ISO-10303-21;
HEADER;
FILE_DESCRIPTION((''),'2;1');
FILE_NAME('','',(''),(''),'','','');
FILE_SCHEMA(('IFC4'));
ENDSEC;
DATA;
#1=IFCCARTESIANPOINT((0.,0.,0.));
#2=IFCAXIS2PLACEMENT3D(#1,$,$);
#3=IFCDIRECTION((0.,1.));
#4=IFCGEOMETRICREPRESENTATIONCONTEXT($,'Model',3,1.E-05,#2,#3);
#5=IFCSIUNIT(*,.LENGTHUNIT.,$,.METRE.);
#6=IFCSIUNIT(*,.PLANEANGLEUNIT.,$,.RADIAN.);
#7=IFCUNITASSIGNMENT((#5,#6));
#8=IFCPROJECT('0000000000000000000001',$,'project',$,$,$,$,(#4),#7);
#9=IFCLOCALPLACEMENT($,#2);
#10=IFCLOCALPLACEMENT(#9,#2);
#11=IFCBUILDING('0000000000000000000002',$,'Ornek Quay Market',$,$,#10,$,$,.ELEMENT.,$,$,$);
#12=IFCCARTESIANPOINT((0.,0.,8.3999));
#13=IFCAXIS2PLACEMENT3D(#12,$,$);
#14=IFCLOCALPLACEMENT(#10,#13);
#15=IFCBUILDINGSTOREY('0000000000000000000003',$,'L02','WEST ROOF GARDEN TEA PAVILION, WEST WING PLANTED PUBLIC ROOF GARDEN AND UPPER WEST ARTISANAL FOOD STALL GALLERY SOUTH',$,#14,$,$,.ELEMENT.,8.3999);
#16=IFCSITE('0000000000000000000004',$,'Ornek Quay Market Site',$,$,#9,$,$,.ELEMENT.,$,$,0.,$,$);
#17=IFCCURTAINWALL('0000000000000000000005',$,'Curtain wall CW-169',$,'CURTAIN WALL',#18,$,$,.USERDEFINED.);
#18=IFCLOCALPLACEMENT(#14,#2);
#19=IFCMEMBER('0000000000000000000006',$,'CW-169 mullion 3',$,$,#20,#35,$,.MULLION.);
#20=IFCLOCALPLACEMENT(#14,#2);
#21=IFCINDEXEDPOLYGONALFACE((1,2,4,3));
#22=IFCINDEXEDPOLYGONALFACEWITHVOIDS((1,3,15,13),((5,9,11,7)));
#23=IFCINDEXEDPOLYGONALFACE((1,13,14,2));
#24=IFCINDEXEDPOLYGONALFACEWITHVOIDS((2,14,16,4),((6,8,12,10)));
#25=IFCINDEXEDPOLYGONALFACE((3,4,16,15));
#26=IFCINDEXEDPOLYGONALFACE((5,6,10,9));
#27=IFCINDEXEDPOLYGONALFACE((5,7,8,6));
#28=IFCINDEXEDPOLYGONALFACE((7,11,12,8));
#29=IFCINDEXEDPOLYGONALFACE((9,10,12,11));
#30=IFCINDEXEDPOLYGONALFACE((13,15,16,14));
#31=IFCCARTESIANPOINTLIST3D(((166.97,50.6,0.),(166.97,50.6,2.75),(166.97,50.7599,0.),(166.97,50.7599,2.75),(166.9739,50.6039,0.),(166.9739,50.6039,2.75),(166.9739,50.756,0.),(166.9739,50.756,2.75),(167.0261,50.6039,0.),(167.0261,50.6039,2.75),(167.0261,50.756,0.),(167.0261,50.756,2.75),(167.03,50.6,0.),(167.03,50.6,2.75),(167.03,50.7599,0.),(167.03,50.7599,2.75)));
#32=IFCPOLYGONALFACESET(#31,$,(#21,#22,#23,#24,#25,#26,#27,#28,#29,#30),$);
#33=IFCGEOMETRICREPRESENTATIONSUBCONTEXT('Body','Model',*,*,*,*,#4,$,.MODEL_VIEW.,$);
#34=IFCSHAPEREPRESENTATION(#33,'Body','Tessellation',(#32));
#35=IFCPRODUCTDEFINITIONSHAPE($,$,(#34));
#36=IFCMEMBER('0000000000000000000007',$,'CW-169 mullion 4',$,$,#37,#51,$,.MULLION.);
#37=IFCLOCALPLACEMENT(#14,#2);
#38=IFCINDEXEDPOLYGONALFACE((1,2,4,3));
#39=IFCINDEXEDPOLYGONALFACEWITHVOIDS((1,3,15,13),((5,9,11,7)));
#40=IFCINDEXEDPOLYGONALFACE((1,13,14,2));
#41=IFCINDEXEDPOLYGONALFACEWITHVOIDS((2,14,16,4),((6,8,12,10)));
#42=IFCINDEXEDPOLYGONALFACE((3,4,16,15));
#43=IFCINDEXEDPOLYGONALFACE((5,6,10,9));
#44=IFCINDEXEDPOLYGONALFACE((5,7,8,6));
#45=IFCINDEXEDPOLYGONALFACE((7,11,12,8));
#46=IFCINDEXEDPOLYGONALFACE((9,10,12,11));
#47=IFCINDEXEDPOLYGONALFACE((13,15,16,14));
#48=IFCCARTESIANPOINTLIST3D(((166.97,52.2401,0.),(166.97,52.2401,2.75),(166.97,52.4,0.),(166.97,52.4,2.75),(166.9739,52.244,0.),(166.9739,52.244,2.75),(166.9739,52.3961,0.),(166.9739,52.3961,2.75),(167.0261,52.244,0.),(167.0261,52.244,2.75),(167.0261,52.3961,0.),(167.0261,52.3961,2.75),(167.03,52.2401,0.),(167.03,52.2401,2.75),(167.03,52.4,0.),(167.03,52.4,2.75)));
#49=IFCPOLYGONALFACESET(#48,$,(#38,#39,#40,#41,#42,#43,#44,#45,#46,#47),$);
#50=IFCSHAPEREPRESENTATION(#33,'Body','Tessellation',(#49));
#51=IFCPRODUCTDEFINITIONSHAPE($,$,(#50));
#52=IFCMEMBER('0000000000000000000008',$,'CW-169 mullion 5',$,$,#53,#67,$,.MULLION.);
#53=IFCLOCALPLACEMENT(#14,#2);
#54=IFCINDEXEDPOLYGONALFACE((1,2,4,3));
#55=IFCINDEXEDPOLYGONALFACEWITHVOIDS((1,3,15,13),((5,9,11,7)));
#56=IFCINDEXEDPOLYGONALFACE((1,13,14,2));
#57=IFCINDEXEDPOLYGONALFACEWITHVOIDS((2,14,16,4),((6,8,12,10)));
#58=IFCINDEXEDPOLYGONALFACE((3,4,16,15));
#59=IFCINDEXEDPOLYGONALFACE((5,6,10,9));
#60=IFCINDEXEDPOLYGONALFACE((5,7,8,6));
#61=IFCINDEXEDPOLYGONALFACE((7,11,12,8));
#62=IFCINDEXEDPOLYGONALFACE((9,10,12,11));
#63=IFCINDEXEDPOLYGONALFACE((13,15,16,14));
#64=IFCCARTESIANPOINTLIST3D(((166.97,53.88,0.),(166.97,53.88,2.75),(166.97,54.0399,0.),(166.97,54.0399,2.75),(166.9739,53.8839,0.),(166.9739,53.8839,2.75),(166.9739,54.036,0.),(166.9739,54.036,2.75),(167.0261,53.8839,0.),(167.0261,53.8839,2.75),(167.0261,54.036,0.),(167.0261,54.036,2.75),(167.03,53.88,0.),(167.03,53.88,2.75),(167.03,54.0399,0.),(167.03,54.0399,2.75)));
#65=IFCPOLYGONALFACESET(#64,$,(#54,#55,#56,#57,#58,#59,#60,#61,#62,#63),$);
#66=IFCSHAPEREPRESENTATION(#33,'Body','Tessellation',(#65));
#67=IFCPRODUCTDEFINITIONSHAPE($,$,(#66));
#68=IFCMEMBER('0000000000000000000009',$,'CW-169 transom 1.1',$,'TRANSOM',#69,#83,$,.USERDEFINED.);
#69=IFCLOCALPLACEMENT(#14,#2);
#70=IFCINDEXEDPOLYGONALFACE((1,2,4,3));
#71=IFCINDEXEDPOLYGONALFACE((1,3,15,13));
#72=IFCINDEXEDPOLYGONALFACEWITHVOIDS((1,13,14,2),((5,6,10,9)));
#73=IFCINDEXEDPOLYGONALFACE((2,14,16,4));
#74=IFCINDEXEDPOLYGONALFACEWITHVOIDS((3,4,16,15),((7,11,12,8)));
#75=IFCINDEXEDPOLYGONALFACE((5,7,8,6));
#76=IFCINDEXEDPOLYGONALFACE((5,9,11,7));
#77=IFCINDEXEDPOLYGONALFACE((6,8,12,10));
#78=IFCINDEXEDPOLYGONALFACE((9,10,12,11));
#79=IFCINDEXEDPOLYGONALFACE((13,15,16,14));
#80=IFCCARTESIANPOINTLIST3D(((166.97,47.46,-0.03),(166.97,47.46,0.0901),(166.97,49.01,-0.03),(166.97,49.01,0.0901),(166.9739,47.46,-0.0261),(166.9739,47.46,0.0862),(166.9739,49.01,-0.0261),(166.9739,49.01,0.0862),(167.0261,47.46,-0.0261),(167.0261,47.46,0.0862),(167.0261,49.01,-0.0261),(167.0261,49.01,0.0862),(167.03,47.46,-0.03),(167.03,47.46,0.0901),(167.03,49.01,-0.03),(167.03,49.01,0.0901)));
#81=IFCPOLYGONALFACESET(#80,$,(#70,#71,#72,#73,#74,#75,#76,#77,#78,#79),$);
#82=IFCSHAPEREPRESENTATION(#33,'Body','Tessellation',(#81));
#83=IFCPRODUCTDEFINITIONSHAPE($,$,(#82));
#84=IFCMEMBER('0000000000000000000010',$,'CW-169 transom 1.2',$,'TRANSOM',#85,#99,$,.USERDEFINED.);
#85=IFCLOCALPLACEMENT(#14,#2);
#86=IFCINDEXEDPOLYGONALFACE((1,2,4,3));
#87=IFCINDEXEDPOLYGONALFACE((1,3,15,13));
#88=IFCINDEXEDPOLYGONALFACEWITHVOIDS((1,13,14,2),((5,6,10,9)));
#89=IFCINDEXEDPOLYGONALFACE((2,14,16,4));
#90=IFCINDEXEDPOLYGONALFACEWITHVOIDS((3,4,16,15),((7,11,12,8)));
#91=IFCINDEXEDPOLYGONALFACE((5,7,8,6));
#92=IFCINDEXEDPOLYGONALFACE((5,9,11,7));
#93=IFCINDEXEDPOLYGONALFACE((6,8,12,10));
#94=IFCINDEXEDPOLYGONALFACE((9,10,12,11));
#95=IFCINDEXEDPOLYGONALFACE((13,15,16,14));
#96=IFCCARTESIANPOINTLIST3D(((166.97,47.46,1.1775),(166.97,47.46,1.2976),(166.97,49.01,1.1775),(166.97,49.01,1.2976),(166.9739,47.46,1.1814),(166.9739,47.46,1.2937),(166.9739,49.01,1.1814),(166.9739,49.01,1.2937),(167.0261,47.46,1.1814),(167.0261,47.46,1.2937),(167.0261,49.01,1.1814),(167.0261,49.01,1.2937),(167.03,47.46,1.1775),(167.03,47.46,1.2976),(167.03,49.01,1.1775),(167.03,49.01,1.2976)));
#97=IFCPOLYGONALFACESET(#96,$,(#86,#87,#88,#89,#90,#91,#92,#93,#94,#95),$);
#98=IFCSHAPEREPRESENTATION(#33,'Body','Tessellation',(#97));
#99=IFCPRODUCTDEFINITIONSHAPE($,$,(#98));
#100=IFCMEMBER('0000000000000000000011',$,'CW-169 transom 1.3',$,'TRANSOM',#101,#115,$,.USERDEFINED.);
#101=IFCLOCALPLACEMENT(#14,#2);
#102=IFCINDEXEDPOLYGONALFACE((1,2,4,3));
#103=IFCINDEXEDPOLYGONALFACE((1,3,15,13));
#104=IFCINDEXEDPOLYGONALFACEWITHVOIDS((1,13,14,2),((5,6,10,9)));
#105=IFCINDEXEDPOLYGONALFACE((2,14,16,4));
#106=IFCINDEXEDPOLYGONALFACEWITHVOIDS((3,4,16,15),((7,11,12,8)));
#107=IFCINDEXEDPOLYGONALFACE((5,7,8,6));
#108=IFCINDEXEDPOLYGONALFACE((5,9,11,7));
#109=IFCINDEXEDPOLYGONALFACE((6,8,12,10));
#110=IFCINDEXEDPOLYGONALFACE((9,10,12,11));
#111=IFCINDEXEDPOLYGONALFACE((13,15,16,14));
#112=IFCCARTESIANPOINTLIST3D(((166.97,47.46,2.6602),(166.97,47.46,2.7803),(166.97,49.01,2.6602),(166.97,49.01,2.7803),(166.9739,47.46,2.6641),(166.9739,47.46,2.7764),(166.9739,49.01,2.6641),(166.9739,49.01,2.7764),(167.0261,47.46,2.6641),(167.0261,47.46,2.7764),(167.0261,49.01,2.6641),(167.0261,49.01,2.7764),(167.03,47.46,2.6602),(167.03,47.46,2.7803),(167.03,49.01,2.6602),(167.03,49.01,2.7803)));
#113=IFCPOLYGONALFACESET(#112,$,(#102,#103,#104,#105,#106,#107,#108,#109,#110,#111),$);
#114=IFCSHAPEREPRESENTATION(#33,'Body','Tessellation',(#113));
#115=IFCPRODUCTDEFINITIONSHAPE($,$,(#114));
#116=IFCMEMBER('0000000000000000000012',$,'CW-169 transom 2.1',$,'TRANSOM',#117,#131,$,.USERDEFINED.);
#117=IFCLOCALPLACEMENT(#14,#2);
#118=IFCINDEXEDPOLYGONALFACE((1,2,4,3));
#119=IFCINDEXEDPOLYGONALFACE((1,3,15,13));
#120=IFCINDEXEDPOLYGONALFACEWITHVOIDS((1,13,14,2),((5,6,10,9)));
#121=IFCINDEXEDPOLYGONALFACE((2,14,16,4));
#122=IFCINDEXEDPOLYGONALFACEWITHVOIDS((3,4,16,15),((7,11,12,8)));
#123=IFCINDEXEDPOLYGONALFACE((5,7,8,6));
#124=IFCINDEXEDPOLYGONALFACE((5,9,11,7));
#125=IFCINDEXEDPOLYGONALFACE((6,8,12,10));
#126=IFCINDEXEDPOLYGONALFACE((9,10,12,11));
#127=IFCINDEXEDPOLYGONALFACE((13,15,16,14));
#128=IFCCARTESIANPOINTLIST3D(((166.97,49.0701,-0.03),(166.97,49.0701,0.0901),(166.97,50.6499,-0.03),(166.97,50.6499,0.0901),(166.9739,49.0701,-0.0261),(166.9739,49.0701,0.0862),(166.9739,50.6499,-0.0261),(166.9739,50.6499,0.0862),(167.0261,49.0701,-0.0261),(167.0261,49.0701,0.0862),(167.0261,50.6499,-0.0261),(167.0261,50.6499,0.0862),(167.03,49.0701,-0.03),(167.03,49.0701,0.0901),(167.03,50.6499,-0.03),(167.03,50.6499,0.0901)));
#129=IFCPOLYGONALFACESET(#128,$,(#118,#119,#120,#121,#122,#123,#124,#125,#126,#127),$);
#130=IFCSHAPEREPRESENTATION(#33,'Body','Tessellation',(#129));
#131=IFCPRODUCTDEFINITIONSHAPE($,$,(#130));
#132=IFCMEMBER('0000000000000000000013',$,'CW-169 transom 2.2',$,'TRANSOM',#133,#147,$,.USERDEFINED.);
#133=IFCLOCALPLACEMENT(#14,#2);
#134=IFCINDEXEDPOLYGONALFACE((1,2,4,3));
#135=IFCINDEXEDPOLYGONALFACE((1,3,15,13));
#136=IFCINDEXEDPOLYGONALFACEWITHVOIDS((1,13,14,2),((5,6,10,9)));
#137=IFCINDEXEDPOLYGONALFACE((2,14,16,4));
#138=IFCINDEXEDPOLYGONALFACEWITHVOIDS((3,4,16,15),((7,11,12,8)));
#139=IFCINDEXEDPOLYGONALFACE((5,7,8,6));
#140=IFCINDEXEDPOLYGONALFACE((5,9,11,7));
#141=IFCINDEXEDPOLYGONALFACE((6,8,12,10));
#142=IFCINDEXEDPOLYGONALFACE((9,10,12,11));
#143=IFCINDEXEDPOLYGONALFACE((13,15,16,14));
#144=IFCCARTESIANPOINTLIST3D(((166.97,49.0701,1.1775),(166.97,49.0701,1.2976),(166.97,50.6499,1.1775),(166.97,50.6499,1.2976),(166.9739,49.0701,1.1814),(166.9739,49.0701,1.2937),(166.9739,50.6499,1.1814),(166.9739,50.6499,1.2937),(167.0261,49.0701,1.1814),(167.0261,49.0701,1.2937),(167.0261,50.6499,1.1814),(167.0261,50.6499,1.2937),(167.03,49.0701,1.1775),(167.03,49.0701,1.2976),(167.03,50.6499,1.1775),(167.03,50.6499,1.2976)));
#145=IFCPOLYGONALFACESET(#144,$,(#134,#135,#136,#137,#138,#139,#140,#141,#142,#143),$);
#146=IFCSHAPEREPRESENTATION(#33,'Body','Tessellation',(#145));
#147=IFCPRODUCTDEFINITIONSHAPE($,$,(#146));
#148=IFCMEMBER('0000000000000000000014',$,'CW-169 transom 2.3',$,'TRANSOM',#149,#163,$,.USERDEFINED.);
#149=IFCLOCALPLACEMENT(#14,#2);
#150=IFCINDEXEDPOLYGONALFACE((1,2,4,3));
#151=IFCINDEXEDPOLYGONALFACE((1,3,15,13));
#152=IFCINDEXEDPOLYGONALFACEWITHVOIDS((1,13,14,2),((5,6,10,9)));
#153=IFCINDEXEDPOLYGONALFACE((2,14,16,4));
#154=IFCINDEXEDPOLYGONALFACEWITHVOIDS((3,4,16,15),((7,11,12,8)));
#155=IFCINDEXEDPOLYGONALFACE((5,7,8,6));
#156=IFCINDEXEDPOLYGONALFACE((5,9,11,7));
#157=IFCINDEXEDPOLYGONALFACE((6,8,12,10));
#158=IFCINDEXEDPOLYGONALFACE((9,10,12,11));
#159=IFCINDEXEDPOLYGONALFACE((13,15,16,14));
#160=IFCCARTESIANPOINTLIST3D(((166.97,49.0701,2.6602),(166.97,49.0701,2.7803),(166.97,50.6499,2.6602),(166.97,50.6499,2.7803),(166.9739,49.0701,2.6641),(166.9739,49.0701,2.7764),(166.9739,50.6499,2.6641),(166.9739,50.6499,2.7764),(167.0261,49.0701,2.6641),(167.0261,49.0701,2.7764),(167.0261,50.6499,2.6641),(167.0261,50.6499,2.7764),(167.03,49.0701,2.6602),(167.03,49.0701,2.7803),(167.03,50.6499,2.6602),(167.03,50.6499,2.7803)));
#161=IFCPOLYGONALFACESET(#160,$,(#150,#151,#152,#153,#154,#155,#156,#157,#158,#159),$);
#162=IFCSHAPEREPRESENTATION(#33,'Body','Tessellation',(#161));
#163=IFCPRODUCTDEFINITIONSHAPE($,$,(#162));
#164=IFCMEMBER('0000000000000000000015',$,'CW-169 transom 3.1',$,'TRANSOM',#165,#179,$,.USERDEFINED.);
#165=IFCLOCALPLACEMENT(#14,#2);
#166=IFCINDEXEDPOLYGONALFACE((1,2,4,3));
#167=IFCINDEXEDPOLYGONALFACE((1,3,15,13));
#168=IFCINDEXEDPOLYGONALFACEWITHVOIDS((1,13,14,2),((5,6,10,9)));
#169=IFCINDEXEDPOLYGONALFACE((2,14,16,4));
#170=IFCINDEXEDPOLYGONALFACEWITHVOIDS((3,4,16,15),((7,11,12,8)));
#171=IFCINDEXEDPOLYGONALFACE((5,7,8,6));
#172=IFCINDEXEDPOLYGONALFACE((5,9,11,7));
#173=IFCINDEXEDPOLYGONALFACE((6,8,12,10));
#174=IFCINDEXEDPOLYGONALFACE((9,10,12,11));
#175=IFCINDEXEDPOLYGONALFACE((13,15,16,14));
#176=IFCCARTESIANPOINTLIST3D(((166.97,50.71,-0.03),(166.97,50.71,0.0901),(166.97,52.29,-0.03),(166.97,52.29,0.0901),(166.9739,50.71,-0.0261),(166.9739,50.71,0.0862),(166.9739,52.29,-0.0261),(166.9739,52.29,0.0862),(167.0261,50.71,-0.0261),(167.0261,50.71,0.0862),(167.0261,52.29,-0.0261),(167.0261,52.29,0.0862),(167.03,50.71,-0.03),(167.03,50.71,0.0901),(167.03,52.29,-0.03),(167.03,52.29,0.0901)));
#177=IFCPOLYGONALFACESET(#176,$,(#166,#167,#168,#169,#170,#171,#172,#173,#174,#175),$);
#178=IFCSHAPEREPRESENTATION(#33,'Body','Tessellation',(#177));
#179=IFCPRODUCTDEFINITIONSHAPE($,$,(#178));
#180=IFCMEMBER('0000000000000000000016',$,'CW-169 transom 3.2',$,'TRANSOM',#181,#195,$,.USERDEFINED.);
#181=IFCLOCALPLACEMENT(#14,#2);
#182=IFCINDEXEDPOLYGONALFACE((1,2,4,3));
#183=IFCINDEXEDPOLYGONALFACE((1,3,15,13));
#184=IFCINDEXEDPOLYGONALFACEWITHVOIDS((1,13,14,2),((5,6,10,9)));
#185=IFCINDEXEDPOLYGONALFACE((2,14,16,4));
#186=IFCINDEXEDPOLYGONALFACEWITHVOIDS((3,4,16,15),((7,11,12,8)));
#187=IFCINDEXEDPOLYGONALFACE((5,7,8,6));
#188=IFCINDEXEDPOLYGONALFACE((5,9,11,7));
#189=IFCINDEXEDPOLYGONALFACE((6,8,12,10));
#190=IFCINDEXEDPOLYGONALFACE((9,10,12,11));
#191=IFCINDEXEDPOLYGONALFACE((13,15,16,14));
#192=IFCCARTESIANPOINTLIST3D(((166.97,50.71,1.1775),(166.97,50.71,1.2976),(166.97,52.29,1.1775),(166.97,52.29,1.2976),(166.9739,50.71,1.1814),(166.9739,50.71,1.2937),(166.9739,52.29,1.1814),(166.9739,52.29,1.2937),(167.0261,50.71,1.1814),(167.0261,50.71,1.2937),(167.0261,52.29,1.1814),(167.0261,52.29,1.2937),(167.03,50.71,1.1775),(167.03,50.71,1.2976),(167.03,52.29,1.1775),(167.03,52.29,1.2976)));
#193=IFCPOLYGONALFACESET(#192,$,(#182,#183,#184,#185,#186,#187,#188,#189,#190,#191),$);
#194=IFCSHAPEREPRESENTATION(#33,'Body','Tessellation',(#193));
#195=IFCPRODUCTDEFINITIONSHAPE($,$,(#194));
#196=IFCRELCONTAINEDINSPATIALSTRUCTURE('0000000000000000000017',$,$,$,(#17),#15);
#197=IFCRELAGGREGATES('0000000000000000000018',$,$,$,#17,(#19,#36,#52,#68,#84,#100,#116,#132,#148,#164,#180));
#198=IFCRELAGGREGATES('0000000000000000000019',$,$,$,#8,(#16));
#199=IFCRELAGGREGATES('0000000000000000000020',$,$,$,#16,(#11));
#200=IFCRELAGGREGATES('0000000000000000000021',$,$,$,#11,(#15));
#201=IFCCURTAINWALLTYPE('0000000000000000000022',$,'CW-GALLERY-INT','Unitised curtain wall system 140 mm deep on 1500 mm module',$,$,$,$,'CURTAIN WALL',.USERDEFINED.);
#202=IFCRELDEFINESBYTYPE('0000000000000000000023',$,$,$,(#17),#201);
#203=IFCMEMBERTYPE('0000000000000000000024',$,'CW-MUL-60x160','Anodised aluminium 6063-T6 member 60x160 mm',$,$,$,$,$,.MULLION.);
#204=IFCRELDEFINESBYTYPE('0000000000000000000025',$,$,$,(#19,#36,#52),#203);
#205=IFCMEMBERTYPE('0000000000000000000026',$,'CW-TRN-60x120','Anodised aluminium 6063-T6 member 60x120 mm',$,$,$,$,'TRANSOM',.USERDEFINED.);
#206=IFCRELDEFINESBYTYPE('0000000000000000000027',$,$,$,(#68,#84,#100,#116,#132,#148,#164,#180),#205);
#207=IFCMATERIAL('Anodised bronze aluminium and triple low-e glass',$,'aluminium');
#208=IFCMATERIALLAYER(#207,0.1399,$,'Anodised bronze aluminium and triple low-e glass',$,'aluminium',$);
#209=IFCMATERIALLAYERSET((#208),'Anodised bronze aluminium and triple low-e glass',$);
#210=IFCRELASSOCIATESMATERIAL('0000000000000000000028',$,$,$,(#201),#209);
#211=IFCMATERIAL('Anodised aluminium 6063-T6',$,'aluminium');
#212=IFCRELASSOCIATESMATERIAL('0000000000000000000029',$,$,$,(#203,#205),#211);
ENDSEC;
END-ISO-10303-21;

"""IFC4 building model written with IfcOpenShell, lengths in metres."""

from ifc_helpers import new_model, si_unit, direction, frame, origin, origin_2d, place, context, subcontext, project, spatial, hollow_rectangle, extrude, material, layer, layer_set, material_profile, profile_set, type_object, element, aggregate, save


model = new_model("IFC4")

# Units and contexts
model_context = context("Model", 3, precision=1e-05, world=origin(), true_north=direction((0.0, 1.0)))
body_context = subcontext(model_context, "Body", "Model", "MODEL_VIEW")
ifc_project = project(units=[si_unit("LENGTHUNIT", "METRE"), si_unit("PLANEANGLEUNIT", "RADIAN")], contexts=[model_context])

# Site, building, storey
site_placement = place(None, origin())
site = spatial("IfcSite", under=ifc_project, at=site_placement, Name="Ornek Quay Market Site", CompositionType="ELEMENT", RefElevation=0.0)
building_placement = place(site_placement, origin())
building = spatial("IfcBuilding", under=site, at=building_placement, Name="Ornek Quay Market", CompositionType="ELEMENT")
storey_placement = place(building_placement, frame((0.0, 0.0, 8.3999)))
storey = spatial("IfcBuildingStorey", under=building, at=storey_placement, Name="L02", Description="WEST ROOF GARDEN TEA PAVILION, WEST WING PLANTED PUBLIC ROOF GARDEN AND UPPER WEST ARTISANAL FOOD STALL GALLERY SOUTH", CompositionType="ELEMENT", Elevation=8.3999)

# Shared definitions
ifc_material_1 = material(Name="Anodised bronze aluminium and triple low-e glass", Category="aluminium")
ifc_layer_1 = layer(ifc_material_1, 0.1399, Name="Anodised bronze aluminium and triple low-e glass", Category="aluminium")
ifc_layer_set_1 = layer_set([ifc_layer_1], Name="Anodised bronze aluminium and triple low-e glass")
curtain_wall_type = type_object("IfcCurtainWallType", Name="CW-GALLERY-INT", Description="Unitised curtain wall system 140 mm deep on 1500 mm module", ElementType="CURTAIN WALL", PredefinedType="USERDEFINED", material=ifc_layer_set_1)
ifc_material_2 = material(Name="Anodised aluminium 6063-T6", Category="aluminium")
ifc_material_profile_1 = material_profile(ifc_material_2, hollow_rectangle(XDim=0.0601, YDim=0.1599, WallThickness=0.0039, at=origin_2d()), Name="CW-MUL-60x160", Category="aluminium")
ifc_profile_set_1 = profile_set([ifc_material_profile_1], Name="Anodised aluminium 6063-T6")
member_type_1 = type_object("IfcMemberType", Name="CW-MUL-60x160", Description="Anodised aluminium 6063-T6 member 60x160 mm", PredefinedType="MULLION", material=ifc_profile_set_1)

# Curtain wall, members
curtain_wall_1_placement = place(storey_placement, origin())
curtain_wall_1 = element("IfcCurtainWall", 1, at=curtain_wall_1_placement, inside=storey, type_object=curtain_wall_type, Name="Curtain wall CW-169", ObjectType="CURTAIN WALL", PredefinedType="USERDEFINED")
member_1_placement = place(storey_placement, frame((167.0, 50.6799, 0.0), z_axis=(0.0, 0.0, 1.0), x_axis=(-1.0, 0.0, 0.0)))
member_1 = element("IfcMember", 2, at=member_1_placement, type_object=member_type_1, Name="CW-169 mullion 3", PredefinedType="MULLION", context=body_context, shape_type="SweptSolid", body=[
    extrude(hollow_rectangle(XDim=0.0601, YDim=0.1599, WallThickness=0.0039, at=origin_2d()), origin(), (0.0, 0.0, 1.0), 2.75),
])
member_2_placement = place(storey_placement, frame((167.0, 52.3201, 0.0), z_axis=(0.0, 0.0, 1.0), x_axis=(-1.0, 0.0, 0.0)))
member_2 = element("IfcMember", 3, at=member_2_placement, type_object=member_type_1, Name="CW-169 mullion 4", PredefinedType="MULLION", context=body_context, shape_type="SweptSolid", body=[
    extrude(hollow_rectangle(XDim=0.0601, YDim=0.1599, WallThickness=0.0039, at=origin_2d()), origin(), (0.0, 0.0, 1.0), 2.75),
])
member_3_placement = place(storey_placement, frame((167.0, 53.96, 0.0), z_axis=(0.0, 0.0, 1.0), x_axis=(-1.0, 0.0, 0.0)))
member_3 = element("IfcMember", 4, at=member_3_placement, type_object=member_type_1, Name="CW-169 mullion 5", PredefinedType="MULLION", context=body_context, shape_type="SweptSolid", body=[
    extrude(hollow_rectangle(XDim=0.0601, YDim=0.1599, WallThickness=0.0039, at=origin_2d()), origin(), (0.0, 0.0, 1.0), 2.75),
])
ifc_material_profile_2 = material_profile(ifc_material_2, hollow_rectangle(XDim=0.0601, YDim=0.1201, WallThickness=0.0039, at=origin_2d()), Name="CW-TRN-60x120", Category="aluminium")
ifc_profile_set_2 = profile_set([ifc_material_profile_2], Name="Anodised aluminium 6063-T6")
member_type_2 = type_object("IfcMemberType", Name="CW-TRN-60x120", Description="Anodised aluminium 6063-T6 member 60x120 mm", ElementType="TRANSOM", PredefinedType="USERDEFINED", material=ifc_profile_set_2)
member_4_placement = place(storey_placement, frame((167.0, 47.46, 0.03), z_axis=(0.0, 1.0, 0.0), x_axis=(-1.0, 0.0, 0.0)))
member_4 = element("IfcMember", 5, at=member_4_placement, type_object=member_type_2, Name="CW-169 transom 1.1", ObjectType="TRANSOM", PredefinedType="USERDEFINED", context=body_context, shape_type="SweptSolid", body=[
    extrude(hollow_rectangle(XDim=0.0601, YDim=0.1201, WallThickness=0.0039, at=origin_2d()), origin(), (0.0, 0.0, 1.0), 1.55),
])
member_5_placement = place(storey_placement, frame((167.0, 47.46, 1.2375), z_axis=(0.0, 1.0, 0.0), x_axis=(-1.0, 0.0, 0.0)))
member_5 = element("IfcMember", 6, at=member_5_placement, type_object=member_type_2, Name="CW-169 transom 1.2", ObjectType="TRANSOM", PredefinedType="USERDEFINED", context=body_context, shape_type="SweptSolid", body=[
    extrude(hollow_rectangle(XDim=0.0601, YDim=0.1201, WallThickness=0.0039, at=origin_2d()), origin(), (0.0, 0.0, 1.0), 1.55),
])
member_6_placement = place(storey_placement, frame((167.0, 47.46, 2.7202), z_axis=(0.0, 1.0, 0.0), x_axis=(-1.0, 0.0, 0.0)))
member_6 = element("IfcMember", 7, at=member_6_placement, type_object=member_type_2, Name="CW-169 transom 1.3", ObjectType="TRANSOM", PredefinedType="USERDEFINED", context=body_context, shape_type="SweptSolid", body=[
    extrude(hollow_rectangle(XDim=0.0601, YDim=0.1201, WallThickness=0.0039, at=origin_2d()), origin(), (0.0, 0.0, 1.0), 1.55),
])
member_7_placement = place(storey_placement, frame((167.0, 49.0701, 0.03), z_axis=(0.0, 1.0, 0.0), x_axis=(-1.0, 0.0, 0.0)))
member_7 = element("IfcMember", 8, at=member_7_placement, type_object=member_type_2, Name="CW-169 transom 2.1", ObjectType="TRANSOM", PredefinedType="USERDEFINED", context=body_context, shape_type="SweptSolid", body=[
    extrude(hollow_rectangle(XDim=0.0601, YDim=0.1201, WallThickness=0.0039, at=origin_2d()), origin(), (0.0, 0.0, 1.0), 1.5798),
])
member_8_placement = place(storey_placement, frame((167.0, 49.0701, 1.2375), z_axis=(0.0, 1.0, 0.0), x_axis=(-1.0, 0.0, 0.0)))
member_8 = element("IfcMember", 9, at=member_8_placement, type_object=member_type_2, Name="CW-169 transom 2.2", ObjectType="TRANSOM", PredefinedType="USERDEFINED", context=body_context, shape_type="SweptSolid", body=[
    extrude(hollow_rectangle(XDim=0.0601, YDim=0.1201, WallThickness=0.0039, at=origin_2d()), origin(), (0.0, 0.0, 1.0), 1.5798),
])
member_9_placement = place(storey_placement, frame((167.0, 49.0701, 2.7202), z_axis=(0.0, 1.0, 0.0), x_axis=(-1.0, 0.0, 0.0)))
member_9 = element("IfcMember", 10, at=member_9_placement, type_object=member_type_2, Name="CW-169 transom 2.3", ObjectType="TRANSOM", PredefinedType="USERDEFINED", context=body_context, shape_type="SweptSolid", body=[
    extrude(hollow_rectangle(XDim=0.0601, YDim=0.1201, WallThickness=0.0039, at=origin_2d()), origin(), (0.0, 0.0, 1.0), 1.5798),
])
member_10_placement = place(storey_placement, frame((167.0, 50.71, 0.03), z_axis=(0.0, 1.0, 0.0), x_axis=(-1.0, 0.0, 0.0)))
member_10 = element("IfcMember", 11, at=member_10_placement, type_object=member_type_2, Name="CW-169 transom 3.1", ObjectType="TRANSOM", PredefinedType="USERDEFINED", context=body_context, shape_type="SweptSolid", body=[
    extrude(hollow_rectangle(XDim=0.0601, YDim=0.1201, WallThickness=0.0039, at=origin_2d()), origin(), (0.0, 0.0, 1.0), 1.5801),
])
member_11_placement = place(storey_placement, frame((167.0, 50.71, 1.2375), z_axis=(0.0, 1.0, 0.0), x_axis=(-1.0, 0.0, 0.0)))
member_11 = element("IfcMember", 12, at=member_11_placement, type_object=member_type_2, Name="CW-169 transom 3.2", ObjectType="TRANSOM", PredefinedType="USERDEFINED", context=body_context, shape_type="SweptSolid", body=[
    extrude(hollow_rectangle(XDim=0.0601, YDim=0.1201, WallThickness=0.0039, at=origin_2d()), origin(), (0.0, 0.0, 1.0), 1.5801),
])
aggregate(curtain_wall_1, [member_1, member_2, member_3, member_4, member_5, member_6, member_7, member_8, member_9, member_10, member_11])

save(model, "model.ifc")
